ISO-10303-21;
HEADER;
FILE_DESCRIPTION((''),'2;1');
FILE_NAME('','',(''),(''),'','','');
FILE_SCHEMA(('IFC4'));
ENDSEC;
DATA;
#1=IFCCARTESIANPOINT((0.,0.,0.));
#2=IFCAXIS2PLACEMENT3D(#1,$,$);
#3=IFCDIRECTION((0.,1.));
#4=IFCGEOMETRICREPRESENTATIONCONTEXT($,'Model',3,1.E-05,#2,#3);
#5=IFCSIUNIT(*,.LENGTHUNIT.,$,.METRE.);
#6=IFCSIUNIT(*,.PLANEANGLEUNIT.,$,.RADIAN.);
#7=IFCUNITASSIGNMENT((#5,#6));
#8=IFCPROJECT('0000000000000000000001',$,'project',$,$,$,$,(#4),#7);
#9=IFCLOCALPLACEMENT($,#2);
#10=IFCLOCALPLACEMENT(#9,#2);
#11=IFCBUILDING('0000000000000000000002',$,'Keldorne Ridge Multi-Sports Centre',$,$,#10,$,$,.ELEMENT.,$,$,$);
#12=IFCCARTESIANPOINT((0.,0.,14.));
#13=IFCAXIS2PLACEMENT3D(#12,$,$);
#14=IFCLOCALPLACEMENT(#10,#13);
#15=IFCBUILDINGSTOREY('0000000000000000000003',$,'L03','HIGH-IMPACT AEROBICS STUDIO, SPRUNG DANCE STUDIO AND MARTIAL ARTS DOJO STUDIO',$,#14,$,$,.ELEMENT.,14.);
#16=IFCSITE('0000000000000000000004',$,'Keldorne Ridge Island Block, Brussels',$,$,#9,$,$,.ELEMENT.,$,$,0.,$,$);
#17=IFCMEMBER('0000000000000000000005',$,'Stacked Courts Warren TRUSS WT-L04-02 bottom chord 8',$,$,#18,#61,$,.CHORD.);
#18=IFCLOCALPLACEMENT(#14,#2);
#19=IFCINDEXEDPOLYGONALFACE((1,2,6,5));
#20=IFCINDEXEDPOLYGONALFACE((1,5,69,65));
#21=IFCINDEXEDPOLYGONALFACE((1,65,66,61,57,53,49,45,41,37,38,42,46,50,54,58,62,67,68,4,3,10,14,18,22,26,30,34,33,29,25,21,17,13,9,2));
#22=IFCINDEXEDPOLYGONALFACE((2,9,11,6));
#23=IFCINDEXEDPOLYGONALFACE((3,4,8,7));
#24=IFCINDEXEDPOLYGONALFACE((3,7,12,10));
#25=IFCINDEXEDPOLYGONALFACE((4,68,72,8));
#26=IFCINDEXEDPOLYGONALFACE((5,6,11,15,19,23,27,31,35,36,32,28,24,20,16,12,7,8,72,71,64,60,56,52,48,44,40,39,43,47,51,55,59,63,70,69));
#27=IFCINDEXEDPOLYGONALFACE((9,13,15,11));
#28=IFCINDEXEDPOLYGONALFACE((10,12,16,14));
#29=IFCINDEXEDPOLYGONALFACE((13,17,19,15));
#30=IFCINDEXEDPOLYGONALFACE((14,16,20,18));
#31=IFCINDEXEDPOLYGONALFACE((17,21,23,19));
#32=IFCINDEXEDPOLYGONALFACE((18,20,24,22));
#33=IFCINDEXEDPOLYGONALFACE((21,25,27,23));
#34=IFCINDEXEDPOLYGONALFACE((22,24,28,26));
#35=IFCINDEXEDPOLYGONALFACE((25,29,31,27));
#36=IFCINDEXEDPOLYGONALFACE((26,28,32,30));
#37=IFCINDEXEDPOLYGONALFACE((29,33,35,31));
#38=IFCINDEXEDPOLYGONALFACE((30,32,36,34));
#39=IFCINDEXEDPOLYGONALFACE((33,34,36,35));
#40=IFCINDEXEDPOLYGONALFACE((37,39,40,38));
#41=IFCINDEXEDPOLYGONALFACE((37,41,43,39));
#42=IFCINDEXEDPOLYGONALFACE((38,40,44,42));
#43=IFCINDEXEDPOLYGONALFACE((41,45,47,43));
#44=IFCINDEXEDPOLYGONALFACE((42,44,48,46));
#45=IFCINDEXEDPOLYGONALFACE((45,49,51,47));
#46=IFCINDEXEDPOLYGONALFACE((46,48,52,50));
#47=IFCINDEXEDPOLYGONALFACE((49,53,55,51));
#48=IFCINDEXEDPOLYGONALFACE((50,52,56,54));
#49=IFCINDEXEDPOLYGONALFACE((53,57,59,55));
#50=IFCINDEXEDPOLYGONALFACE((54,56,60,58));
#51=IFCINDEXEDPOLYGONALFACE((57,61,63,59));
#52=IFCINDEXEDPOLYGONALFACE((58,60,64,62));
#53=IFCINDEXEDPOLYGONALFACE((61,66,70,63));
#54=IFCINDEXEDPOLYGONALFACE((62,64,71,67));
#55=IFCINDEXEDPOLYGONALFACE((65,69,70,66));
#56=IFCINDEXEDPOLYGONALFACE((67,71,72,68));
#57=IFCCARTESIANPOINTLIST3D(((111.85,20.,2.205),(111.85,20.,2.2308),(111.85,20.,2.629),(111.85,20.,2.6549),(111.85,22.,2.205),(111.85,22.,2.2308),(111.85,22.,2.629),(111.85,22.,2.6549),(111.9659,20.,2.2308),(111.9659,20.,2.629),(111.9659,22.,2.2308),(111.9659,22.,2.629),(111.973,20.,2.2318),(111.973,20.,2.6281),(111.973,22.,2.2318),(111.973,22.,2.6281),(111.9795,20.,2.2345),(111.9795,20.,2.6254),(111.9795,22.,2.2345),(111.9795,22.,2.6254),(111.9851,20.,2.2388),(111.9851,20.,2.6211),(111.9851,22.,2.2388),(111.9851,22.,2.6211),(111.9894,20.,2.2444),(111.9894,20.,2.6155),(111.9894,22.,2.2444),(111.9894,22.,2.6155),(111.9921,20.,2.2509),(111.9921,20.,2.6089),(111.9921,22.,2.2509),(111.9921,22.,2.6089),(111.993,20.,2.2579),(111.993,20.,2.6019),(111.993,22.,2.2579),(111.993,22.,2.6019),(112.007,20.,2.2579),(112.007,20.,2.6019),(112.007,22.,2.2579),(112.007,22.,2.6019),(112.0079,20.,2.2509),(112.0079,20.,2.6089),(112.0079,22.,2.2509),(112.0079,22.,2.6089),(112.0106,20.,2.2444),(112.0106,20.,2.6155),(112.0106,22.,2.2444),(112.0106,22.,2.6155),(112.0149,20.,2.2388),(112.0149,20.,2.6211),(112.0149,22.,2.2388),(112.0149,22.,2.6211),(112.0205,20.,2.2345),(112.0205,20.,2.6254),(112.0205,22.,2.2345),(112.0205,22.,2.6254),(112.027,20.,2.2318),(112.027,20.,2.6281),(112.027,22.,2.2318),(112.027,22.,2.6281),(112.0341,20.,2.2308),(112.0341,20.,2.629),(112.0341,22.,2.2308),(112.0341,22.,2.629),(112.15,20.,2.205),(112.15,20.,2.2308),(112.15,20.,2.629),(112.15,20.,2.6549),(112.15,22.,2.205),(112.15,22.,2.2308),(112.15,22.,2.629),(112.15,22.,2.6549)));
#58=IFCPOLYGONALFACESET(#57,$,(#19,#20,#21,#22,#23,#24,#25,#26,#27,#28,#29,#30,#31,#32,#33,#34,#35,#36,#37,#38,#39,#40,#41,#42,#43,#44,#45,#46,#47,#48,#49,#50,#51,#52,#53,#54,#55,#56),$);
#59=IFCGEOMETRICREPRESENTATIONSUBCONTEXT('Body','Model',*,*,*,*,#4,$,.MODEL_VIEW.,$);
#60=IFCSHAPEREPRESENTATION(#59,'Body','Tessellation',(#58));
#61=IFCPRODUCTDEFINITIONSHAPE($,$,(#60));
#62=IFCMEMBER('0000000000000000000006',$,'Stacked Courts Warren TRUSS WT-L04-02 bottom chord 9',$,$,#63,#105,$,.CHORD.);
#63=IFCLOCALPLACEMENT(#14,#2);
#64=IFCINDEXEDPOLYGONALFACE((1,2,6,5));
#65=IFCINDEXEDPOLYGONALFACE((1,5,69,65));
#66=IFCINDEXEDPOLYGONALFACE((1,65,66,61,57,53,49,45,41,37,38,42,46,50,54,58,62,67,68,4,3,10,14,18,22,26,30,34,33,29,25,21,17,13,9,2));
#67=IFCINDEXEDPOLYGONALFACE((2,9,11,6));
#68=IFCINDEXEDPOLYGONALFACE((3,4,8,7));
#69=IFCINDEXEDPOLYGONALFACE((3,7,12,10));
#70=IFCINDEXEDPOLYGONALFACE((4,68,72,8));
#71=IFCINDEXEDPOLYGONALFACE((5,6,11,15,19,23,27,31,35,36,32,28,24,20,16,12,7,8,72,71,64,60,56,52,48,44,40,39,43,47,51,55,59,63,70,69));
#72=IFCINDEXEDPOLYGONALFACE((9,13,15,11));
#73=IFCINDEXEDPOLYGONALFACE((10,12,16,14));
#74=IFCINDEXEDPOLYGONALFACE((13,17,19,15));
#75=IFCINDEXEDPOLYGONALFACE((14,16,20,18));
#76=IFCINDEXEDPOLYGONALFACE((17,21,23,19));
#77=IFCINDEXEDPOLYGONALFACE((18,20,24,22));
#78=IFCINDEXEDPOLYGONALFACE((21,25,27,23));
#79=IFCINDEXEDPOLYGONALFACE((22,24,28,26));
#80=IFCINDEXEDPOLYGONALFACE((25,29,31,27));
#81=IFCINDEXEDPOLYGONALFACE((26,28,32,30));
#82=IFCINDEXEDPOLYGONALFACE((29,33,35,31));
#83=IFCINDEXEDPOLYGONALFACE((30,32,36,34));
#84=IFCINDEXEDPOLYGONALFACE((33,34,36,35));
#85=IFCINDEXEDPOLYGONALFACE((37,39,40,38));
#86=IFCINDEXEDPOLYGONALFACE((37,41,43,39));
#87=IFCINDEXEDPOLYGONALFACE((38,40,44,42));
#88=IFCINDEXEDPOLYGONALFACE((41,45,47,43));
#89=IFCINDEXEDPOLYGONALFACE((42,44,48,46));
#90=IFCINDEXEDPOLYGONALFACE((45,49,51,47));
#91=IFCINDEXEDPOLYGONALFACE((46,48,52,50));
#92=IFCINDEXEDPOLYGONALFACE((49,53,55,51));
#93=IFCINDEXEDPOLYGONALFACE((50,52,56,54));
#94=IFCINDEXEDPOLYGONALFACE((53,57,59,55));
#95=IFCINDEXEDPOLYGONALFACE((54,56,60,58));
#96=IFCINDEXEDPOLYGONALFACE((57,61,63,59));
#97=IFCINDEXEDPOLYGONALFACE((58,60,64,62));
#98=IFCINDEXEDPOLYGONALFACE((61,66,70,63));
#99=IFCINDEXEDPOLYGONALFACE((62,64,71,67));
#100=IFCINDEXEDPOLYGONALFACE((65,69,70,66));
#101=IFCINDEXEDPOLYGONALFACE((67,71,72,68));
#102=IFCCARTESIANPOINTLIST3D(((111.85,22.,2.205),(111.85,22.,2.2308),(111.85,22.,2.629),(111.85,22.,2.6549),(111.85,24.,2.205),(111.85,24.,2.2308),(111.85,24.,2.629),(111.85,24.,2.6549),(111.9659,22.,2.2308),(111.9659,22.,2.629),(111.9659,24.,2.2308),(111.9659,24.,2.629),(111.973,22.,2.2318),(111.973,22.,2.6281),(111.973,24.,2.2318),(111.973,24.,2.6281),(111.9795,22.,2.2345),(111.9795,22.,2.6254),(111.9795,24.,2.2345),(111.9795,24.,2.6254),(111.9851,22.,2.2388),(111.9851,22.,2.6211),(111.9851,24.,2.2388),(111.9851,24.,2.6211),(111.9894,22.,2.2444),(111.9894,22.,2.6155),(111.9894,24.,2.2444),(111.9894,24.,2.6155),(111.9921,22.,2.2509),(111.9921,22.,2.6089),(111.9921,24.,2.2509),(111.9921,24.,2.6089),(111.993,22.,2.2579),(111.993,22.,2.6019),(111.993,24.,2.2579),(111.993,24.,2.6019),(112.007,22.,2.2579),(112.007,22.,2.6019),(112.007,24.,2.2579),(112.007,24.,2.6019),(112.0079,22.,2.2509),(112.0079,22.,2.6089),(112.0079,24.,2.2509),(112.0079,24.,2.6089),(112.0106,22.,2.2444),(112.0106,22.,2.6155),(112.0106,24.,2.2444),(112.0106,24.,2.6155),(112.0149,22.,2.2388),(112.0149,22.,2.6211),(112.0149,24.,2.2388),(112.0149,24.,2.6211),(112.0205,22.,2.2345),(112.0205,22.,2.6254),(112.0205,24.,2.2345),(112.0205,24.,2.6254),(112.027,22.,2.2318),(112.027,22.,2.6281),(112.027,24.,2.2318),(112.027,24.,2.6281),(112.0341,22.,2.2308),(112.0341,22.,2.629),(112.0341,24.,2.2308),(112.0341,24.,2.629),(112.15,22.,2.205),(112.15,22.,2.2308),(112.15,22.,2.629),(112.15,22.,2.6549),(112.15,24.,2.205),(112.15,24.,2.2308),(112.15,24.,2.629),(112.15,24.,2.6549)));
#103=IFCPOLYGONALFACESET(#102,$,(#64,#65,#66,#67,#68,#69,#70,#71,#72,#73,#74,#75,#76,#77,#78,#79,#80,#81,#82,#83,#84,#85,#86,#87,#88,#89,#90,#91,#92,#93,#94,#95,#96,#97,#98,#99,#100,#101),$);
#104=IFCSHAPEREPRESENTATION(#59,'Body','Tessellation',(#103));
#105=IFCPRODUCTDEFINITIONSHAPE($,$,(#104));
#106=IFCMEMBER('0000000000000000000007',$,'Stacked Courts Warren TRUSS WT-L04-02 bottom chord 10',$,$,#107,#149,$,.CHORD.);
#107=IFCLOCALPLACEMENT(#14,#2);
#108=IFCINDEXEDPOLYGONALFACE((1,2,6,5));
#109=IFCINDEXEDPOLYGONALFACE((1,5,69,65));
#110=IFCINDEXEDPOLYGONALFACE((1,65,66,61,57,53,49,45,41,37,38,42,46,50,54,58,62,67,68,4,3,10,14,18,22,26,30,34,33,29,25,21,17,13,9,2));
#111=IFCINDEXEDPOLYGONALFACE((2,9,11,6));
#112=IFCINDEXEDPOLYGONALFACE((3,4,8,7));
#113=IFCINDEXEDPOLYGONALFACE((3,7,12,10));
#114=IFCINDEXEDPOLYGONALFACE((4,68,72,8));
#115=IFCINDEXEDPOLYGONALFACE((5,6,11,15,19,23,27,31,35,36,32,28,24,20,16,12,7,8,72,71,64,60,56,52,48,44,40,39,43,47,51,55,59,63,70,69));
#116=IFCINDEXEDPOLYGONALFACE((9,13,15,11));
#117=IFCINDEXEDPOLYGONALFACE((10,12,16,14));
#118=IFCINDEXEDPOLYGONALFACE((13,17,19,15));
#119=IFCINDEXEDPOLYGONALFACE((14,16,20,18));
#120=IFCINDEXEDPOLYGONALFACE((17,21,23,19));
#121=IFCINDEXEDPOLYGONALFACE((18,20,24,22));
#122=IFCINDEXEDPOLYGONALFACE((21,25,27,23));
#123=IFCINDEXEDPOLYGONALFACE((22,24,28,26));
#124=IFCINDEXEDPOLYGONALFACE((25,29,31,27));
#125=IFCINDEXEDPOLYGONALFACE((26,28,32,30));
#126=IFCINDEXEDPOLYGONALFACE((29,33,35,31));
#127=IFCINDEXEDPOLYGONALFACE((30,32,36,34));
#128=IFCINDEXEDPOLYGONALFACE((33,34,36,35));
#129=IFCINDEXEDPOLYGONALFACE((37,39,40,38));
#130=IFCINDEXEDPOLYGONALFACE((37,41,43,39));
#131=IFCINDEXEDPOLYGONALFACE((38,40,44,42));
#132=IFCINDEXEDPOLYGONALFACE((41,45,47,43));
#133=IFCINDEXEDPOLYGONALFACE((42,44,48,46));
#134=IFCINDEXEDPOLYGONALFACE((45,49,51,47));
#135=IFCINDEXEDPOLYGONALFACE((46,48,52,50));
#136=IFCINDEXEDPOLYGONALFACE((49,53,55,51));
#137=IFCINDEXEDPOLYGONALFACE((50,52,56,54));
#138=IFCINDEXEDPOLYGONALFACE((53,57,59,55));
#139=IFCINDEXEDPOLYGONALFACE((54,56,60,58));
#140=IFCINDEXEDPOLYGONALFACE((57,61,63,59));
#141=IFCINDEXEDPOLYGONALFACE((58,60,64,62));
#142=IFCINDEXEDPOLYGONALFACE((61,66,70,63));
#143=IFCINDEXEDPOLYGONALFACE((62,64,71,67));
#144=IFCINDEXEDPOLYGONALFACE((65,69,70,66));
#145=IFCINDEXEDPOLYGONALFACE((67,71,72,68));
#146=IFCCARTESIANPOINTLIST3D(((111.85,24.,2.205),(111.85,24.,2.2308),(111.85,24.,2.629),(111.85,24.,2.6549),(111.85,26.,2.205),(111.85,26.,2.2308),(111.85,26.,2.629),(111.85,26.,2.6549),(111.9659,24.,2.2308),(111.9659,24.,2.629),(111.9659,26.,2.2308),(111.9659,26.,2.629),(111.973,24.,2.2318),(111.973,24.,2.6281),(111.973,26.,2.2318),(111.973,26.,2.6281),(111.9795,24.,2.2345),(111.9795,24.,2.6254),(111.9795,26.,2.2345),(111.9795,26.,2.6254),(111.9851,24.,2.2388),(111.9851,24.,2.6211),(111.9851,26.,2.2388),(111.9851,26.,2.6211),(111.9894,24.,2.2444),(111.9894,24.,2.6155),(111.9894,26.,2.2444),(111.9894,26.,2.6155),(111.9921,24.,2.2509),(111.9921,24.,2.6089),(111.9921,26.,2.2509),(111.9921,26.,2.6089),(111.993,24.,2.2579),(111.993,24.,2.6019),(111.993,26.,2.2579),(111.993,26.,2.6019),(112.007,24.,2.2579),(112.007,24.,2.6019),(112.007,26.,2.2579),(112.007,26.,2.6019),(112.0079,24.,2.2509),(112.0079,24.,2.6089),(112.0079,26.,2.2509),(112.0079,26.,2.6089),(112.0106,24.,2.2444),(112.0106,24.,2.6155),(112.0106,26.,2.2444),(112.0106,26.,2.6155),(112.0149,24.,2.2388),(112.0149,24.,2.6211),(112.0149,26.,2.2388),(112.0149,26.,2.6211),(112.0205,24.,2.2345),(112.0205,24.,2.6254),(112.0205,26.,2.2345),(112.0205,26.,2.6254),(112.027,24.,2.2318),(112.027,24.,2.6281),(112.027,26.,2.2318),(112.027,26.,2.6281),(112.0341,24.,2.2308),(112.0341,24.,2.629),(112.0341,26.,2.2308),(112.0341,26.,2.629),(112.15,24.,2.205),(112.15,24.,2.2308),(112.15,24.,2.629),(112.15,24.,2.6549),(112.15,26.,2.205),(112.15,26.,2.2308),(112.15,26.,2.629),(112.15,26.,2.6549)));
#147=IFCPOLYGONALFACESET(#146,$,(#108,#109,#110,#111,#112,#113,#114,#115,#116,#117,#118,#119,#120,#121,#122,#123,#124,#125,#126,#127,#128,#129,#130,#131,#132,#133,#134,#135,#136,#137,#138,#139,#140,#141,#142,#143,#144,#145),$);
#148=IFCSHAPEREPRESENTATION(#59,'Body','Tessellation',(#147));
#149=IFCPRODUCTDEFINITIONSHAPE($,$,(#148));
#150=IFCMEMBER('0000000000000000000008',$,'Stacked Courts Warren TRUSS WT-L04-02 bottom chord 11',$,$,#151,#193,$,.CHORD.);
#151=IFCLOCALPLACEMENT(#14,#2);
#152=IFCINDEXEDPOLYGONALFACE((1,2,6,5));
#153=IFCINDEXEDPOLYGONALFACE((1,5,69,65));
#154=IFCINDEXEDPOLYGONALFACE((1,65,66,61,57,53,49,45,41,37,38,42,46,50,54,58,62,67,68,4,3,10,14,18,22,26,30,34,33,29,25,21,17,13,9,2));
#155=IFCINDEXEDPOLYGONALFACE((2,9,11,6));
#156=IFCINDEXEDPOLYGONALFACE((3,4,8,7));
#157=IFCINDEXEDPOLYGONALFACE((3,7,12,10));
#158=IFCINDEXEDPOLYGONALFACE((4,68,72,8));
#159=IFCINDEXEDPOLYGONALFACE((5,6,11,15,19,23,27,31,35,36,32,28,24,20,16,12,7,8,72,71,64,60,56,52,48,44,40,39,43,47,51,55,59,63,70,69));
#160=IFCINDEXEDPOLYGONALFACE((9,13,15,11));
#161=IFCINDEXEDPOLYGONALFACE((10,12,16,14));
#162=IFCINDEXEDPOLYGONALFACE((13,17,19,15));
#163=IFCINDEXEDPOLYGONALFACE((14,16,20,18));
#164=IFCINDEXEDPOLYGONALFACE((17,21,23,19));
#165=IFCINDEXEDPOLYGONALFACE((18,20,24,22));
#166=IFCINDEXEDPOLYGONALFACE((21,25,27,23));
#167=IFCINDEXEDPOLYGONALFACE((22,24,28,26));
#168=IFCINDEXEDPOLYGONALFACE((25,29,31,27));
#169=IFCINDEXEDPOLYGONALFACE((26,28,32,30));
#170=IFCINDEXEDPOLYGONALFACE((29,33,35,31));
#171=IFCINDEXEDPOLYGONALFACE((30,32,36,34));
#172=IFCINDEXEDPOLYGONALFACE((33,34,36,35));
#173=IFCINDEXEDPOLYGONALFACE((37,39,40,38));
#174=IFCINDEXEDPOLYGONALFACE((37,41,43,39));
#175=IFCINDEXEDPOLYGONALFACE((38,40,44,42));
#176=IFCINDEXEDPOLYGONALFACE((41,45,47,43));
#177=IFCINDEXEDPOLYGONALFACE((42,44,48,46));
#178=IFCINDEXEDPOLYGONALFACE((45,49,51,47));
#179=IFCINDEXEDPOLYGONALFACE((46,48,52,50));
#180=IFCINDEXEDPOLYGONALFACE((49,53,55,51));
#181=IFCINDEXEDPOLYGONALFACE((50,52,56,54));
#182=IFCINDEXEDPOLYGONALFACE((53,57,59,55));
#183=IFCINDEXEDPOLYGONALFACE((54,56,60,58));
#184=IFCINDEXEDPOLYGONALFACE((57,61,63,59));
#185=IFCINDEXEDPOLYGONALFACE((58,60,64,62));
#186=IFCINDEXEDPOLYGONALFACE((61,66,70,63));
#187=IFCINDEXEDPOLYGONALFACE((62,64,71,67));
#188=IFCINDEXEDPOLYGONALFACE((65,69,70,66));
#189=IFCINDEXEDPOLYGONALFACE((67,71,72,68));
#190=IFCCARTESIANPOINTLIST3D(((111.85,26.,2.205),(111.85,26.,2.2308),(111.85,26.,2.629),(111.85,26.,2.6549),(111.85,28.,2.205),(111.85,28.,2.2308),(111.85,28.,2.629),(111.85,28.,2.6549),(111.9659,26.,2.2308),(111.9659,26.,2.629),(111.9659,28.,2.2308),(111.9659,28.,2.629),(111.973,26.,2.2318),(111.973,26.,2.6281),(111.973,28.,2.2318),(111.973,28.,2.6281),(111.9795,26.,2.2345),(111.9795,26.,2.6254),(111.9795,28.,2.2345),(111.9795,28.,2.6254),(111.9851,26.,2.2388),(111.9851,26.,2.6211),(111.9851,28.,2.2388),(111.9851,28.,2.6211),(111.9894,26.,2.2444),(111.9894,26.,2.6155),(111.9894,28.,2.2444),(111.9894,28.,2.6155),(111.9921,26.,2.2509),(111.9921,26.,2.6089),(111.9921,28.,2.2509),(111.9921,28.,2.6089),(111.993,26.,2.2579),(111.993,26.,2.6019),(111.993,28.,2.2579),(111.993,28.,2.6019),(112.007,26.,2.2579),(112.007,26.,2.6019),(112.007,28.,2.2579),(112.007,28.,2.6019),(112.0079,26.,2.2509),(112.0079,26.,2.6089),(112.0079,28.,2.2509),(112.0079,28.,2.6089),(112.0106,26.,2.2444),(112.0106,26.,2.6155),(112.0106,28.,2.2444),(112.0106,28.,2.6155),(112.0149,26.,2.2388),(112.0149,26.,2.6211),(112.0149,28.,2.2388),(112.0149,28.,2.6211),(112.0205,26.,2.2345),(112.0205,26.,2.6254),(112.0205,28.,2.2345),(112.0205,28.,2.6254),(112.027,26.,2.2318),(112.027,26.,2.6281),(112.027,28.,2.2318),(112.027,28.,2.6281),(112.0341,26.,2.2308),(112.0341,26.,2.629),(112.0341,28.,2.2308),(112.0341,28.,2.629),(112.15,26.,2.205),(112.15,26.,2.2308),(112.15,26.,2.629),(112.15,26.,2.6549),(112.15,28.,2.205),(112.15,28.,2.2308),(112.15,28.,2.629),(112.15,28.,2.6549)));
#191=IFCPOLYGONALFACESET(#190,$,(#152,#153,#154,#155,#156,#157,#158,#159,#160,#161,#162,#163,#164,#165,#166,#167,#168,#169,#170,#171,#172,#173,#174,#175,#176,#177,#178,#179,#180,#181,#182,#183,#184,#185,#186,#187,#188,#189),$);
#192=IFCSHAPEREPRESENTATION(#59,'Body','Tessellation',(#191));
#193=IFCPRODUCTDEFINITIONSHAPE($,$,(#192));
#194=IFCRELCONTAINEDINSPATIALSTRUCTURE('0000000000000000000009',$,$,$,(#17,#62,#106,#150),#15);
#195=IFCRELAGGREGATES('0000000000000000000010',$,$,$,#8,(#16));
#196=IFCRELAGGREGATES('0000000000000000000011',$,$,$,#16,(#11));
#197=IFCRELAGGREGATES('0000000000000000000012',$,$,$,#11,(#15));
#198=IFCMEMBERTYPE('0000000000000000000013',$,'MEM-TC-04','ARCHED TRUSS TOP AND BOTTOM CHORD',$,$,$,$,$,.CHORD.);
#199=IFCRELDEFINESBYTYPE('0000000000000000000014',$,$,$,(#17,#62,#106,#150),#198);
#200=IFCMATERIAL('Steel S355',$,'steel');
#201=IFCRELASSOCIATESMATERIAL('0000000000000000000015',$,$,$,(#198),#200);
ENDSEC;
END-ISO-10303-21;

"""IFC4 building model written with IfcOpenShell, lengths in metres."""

from ifc_helpers import new_model, si_unit, direction, frame, origin, origin_2d, place, context, subcontext, project, spatial, i_section, extrude, material, material_profile, profile_set, type_object, element, save


model = new_model("IFC4")

# Units and contexts
model_context = context("Model", 3, precision=1e-05, world=origin(), true_north=direction((0.0, 1.0)))
body_context = subcontext(model_context, "Body", "Model", "MODEL_VIEW")
ifc_project = project(units=[si_unit("LENGTHUNIT", "METRE"), si_unit("PLANEANGLEUNIT", "RADIAN")], contexts=[model_context])

# Site, building, storey
site_placement = place(None, origin())
site = spatial("IfcSite", under=ifc_project, at=site_placement, Name="Keldorne Ridge Island Block, Brussels", CompositionType="ELEMENT", RefElevation=0.0)
building_placement = place(site_placement, origin())
building = spatial("IfcBuilding", under=site, at=building_placement, Name="Keldorne Ridge Multi-Sports Centre", CompositionType="ELEMENT")
storey_placement = place(building_placement, frame((0.0, 0.0, 14.0)))
storey = spatial("IfcBuildingStorey", under=building, at=storey_placement, Name="L03", Description="HIGH-IMPACT AEROBICS STUDIO, SPRUNG DANCE STUDIO AND MARTIAL ARTS DOJO STUDIO", CompositionType="ELEMENT", Elevation=14.0)

# Members
ifc_material = material(Name="Steel S355", Category="steel")
ifc_material_profile_1 = material_profile(ifc_material, i_section(OverallWidth=0.3, OverallDepth=0.45, WebThickness=0.0139, FlangeThickness=0.0259, FilletRadius=0.0271, at=origin_2d()), Name="HEB 450")
ifc_profile_set_1 = profile_set([ifc_material_profile_1], Name="Steel S355")
member_type_1 = type_object("IfcMemberType", Name="MEM-TC-04", Description="ARCHED TRUSS TOP AND BOTTOM CHORD", PredefinedType="CHORD", material=ifc_profile_set_1)
for number, where, z_axis, x_axis, name in (
    (1, (112.0, 20.0, 2.4299), (0.0, 1.0, 0.0), (-1.0, 0.0, 0.0), "Stacked Courts Warren TRUSS WT-L04-02 bottom chord 8"),
    (2, (112.0, 22.0, 2.4299), (0.0, 1.0, 0.0), (-1.0, 0.0, 0.0), "Stacked Courts Warren TRUSS WT-L04-02 bottom chord 9"),
    (3, (112.0, 24.0, 2.4299), (0.0, 1.0, 0.0), (-1.0, 0.0, 0.0), "Stacked Courts Warren TRUSS WT-L04-02 bottom chord 10"),
    (4, (112.0, 26.0, 2.4299), (0.0, 1.0, 0.0), (-1.0, 0.0, 0.0), "Stacked Courts Warren TRUSS WT-L04-02 bottom chord 11"),
):
    element("IfcMember", number, at=place(storey_placement, frame(where, z_axis=z_axis, x_axis=x_axis)), inside=storey, type_object=member_type_1, Name=name, PredefinedType="CHORD", context=body_context, shape_type="SweptSolid", body=[
        extrude(i_section(OverallWidth=0.3, OverallDepth=0.45, WebThickness=0.0139, FlangeThickness=0.0259, FilletRadius=0.0271, at=origin_2d()), origin(), (0.0, 0.0, 1.0), 2.0),
    ])

save(model, "model.ifc")
